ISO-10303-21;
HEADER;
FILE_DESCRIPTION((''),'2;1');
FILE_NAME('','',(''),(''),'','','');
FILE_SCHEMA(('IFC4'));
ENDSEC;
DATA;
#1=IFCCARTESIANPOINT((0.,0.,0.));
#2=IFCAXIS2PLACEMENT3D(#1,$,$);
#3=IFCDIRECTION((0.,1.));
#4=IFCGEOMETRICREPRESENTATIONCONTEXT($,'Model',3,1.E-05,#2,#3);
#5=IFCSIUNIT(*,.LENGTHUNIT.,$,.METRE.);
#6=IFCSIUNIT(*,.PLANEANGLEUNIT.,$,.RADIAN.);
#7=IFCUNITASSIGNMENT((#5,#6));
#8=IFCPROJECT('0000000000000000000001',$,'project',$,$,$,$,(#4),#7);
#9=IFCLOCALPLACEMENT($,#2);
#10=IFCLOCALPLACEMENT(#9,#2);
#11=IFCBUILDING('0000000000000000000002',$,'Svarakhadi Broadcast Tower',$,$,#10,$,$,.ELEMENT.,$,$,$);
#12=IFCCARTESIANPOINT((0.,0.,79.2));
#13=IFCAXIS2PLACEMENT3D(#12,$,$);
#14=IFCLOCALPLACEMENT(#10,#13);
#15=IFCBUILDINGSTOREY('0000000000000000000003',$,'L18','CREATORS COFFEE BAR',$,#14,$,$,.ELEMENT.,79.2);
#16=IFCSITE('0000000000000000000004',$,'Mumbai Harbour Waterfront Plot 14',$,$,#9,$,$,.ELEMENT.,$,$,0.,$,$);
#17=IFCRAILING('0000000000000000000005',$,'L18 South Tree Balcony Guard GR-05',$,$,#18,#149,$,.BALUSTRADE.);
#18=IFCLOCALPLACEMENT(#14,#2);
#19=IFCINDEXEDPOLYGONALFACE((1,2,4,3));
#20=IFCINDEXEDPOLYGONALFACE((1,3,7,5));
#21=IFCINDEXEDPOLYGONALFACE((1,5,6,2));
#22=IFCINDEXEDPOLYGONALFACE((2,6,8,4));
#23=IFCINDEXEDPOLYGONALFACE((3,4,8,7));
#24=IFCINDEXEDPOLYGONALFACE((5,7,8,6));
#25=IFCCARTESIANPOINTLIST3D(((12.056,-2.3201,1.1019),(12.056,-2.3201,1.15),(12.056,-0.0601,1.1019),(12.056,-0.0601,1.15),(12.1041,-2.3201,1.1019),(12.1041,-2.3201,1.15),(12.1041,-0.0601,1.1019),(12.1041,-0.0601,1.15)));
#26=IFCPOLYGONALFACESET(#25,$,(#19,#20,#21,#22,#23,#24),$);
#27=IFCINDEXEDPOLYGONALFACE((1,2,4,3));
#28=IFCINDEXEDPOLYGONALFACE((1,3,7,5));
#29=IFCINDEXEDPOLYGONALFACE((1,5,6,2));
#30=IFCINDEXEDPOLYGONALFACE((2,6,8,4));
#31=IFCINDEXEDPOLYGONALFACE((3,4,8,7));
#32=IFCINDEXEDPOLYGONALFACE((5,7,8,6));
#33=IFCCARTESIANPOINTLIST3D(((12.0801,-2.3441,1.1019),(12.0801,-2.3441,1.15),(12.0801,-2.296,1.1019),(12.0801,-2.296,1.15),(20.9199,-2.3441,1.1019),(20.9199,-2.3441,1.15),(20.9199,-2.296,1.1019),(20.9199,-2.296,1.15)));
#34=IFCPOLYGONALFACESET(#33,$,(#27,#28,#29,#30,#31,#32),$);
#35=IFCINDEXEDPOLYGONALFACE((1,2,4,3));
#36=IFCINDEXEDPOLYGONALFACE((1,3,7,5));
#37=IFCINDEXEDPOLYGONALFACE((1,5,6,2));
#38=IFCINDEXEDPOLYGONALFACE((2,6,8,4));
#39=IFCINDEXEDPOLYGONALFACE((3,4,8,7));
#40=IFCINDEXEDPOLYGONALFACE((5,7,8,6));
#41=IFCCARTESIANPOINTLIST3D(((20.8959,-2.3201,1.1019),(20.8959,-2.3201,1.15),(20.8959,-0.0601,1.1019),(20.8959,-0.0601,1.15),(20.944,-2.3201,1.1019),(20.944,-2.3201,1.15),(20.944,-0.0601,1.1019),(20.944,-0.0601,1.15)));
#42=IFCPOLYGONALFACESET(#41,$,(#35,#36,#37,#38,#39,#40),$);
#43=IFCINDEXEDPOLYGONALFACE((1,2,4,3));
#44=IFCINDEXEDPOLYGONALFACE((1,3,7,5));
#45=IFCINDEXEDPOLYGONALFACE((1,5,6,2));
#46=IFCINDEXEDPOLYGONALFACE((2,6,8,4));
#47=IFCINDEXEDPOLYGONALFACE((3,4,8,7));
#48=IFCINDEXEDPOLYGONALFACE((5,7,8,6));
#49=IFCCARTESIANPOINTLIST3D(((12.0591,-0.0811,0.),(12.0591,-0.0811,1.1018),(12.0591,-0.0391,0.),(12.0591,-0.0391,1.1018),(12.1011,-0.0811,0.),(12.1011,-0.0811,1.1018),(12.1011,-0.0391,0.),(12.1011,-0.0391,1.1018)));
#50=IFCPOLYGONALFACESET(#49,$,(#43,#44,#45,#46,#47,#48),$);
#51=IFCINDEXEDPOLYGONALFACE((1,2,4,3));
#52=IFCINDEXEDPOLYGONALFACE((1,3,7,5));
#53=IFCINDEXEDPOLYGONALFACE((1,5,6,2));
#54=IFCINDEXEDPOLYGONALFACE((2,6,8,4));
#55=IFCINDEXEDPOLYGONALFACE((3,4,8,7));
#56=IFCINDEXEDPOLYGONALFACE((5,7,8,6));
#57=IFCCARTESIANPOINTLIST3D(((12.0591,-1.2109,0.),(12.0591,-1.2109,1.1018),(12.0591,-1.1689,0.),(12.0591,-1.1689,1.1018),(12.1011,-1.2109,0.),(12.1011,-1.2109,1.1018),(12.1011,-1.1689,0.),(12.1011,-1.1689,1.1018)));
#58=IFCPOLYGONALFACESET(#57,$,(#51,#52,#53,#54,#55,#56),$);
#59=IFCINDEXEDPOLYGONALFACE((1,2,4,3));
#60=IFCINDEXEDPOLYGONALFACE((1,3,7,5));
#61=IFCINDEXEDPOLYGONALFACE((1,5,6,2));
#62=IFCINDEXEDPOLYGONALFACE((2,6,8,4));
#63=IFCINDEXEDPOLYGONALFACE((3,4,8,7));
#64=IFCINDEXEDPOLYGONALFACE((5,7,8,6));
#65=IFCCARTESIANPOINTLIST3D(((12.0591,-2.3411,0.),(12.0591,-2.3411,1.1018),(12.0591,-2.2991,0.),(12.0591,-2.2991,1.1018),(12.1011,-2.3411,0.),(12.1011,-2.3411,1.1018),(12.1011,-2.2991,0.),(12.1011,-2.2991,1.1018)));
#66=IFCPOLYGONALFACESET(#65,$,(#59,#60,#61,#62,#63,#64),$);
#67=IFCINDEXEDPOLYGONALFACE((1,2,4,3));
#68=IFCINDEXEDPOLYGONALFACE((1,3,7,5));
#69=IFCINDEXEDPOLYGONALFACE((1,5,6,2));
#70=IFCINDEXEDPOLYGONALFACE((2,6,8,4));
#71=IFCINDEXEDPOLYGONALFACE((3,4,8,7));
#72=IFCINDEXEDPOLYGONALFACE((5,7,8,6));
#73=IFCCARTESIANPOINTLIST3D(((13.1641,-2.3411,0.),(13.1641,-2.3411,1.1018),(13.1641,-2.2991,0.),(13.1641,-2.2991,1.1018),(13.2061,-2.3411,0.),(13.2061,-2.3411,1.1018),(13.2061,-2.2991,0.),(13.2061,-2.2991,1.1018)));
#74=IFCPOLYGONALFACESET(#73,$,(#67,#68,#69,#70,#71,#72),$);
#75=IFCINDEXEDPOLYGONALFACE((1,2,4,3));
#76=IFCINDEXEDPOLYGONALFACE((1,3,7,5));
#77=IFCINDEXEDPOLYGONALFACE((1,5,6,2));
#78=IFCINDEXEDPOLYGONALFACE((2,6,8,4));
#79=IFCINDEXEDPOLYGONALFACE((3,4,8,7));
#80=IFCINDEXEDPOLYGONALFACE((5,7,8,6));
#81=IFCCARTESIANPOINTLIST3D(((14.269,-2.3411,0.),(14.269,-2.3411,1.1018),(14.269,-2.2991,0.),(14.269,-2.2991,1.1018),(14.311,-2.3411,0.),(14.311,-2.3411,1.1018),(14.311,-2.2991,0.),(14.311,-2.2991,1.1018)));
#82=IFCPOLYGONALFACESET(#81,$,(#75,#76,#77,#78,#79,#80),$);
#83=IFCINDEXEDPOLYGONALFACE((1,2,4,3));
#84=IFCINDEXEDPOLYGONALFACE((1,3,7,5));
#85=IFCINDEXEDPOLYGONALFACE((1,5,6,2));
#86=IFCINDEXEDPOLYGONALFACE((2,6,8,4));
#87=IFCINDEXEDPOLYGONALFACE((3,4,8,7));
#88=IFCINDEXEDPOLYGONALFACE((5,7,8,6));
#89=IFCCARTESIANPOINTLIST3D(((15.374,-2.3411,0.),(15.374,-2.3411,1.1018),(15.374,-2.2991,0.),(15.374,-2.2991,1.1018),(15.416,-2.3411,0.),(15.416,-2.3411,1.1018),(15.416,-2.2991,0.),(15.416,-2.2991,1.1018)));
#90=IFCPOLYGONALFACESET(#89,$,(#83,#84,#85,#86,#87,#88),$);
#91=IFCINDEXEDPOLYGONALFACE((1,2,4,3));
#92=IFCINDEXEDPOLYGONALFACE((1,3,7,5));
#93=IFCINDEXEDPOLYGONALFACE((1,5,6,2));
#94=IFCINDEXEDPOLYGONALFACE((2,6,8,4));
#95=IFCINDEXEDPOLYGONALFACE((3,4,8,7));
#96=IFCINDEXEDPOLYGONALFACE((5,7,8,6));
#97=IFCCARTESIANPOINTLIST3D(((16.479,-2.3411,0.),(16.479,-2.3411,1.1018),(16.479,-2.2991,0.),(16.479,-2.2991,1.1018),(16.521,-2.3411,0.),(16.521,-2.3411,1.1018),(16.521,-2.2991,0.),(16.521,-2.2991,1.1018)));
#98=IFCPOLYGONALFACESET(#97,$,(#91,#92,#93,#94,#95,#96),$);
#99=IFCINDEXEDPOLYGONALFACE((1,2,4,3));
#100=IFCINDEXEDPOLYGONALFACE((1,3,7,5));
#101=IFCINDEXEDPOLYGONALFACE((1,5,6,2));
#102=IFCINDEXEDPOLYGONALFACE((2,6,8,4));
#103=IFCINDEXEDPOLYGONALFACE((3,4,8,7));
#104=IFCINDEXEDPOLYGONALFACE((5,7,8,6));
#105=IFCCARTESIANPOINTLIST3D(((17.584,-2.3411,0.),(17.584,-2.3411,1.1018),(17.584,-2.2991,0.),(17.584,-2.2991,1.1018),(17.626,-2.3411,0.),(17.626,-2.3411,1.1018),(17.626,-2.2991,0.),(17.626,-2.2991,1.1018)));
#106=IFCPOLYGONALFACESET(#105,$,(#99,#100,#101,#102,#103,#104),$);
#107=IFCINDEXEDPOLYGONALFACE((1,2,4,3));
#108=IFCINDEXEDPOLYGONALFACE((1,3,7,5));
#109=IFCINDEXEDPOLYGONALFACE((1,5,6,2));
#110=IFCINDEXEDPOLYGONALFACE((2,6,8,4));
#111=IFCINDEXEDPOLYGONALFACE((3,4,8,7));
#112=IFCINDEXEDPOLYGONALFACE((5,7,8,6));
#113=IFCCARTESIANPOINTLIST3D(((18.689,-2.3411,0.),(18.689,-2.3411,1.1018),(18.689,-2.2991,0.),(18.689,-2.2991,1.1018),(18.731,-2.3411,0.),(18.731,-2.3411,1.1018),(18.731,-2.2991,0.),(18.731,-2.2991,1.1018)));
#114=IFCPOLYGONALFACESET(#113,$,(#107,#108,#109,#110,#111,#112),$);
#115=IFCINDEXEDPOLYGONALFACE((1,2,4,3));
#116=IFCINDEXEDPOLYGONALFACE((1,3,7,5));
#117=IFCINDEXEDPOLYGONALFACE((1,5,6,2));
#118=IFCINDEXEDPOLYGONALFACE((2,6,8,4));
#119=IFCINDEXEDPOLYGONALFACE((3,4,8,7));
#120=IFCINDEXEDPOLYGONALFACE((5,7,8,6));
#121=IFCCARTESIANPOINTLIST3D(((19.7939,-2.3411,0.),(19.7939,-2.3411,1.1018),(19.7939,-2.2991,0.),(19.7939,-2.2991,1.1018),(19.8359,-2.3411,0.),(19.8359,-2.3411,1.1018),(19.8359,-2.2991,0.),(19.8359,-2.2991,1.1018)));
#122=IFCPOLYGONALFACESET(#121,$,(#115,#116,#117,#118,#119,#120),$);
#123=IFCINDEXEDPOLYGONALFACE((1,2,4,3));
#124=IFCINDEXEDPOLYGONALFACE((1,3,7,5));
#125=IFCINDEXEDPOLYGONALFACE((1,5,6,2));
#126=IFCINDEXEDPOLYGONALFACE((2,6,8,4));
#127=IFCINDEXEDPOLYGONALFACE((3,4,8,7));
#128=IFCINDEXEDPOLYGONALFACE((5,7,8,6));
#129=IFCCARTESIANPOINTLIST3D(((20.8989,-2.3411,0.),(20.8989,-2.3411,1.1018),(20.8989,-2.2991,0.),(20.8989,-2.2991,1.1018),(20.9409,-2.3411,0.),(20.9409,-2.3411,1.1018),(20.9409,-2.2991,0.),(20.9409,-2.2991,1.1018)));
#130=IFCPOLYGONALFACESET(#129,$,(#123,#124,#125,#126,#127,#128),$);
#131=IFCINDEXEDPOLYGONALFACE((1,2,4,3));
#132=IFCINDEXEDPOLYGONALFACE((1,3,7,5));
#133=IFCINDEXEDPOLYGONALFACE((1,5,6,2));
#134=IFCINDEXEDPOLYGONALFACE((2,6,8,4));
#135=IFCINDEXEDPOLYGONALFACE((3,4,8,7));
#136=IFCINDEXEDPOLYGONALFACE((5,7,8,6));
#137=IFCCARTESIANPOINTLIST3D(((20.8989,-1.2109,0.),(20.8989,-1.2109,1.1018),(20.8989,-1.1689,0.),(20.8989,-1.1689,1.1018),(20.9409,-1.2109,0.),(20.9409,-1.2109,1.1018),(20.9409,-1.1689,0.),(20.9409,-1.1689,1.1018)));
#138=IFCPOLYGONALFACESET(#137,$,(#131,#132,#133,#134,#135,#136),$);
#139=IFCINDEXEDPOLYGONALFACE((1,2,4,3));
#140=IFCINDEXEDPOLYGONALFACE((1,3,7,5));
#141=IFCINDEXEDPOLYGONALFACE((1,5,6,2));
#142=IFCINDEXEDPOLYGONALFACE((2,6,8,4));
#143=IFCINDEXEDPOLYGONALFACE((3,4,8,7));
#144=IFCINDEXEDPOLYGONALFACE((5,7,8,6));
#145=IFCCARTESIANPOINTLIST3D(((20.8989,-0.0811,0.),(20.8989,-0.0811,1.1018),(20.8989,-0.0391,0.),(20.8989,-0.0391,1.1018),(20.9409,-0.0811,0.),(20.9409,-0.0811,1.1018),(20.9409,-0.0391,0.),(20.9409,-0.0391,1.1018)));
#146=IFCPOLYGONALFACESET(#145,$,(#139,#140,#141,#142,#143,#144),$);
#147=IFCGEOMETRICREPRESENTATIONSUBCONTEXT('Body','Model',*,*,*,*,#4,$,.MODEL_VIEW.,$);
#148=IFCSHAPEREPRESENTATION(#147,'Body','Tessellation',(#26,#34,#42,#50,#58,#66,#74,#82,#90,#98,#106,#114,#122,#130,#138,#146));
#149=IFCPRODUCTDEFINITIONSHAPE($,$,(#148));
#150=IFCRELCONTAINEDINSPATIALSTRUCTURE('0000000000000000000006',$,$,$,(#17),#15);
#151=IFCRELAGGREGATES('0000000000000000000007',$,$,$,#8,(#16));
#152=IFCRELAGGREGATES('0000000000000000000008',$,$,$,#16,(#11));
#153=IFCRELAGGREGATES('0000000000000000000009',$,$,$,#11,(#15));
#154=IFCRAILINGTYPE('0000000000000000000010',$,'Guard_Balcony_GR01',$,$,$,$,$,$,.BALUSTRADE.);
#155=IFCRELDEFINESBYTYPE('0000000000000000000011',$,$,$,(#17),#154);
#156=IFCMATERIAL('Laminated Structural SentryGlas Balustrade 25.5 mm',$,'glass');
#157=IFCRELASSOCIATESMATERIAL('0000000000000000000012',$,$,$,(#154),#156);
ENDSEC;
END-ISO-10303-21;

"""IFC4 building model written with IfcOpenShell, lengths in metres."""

from ifc_helpers import new_model, si_unit, direction, frame, origin, origin_2d, place, context, subcontext, project, spatial, rectangle, extrude, material, type_object, element, save


model = new_model("IFC4")

# Units and contexts
model_context = context("Model", 3, precision=1e-05, world=origin(), true_north=direction((0.0, 1.0)))
body_context = subcontext(model_context, "Body", "Model", "MODEL_VIEW")
ifc_project = project(units=[si_unit("LENGTHUNIT", "METRE"), si_unit("PLANEANGLEUNIT", "RADIAN")], contexts=[model_context])

# Site, building, storey
site_placement = place(None, origin())
site = spatial("IfcSite", under=ifc_project, at=site_placement, Name="Mumbai Harbour Waterfront Plot 14", CompositionType="ELEMENT", RefElevation=0.0)
building_placement = place(site_placement, origin())
building = spatial("IfcBuilding", under=site, at=building_placement, Name="Svarakhadi Broadcast Tower", CompositionType="ELEMENT")
storey_placement = place(building_placement, frame((0.0, 0.0, 79.2)))
storey = spatial("IfcBuildingStorey", under=building, at=storey_placement, Name="L18", Description="CREATORS COFFEE BAR", CompositionType="ELEMENT", Elevation=79.2)

# Railing
ifc_material_1 = material(Name="Laminated Structural SentryGlas Balustrade 25.5 mm", Category="glass")
railing_type = type_object("IfcRailingType", Name="Guard_Balcony_GR01", PredefinedType="BALUSTRADE", material=ifc_material_1)
railing_placement = place(storey_placement, frame((12.0801, -0.0601, 0.0)))
element("IfcRailing", 1, at=railing_placement, inside=storey, type_object=railing_type, Name="L18 South Tree Balcony Guard GR-05", PredefinedType="BALUSTRADE", context=body_context, shape_type="SweptSolid", body=[
    extrude(rectangle(XDim=0.0481, YDim=0.0481, at=origin_2d()), frame((0.0, 0.0, 1.126), z_axis=(0.0, -1.0, 0.0), x_axis=(1.0, 0.0, 0.0)), (0.0, 0.0, 1.0), 2.26),
    extrude(rectangle(XDim=0.0481, YDim=0.0481, at=origin_2d()), frame((0.0, -2.26, 1.126), z_axis=(1.0, 0.0, 0.0), x_axis=(0.0, 1.0, 0.0)), (0.0, 0.0, 1.0), 8.8398),
    extrude(rectangle(XDim=0.0481, YDim=0.0481, at=origin_2d()), frame((8.8398, -2.26, 1.126), z_axis=(0.0, 1.0, 0.0), x_axis=(-1.0, 0.0, 0.0)), (0.0, 0.0, 1.0), 2.26),
    extrude(rectangle(XDim=0.042, YDim=0.042, at=origin_2d()), origin(), (0.0, 0.0, 1.0), 1.1018),
    extrude(rectangle(XDim=0.042, YDim=0.042, at=origin_2d()), frame((0.0, -1.1299, 0.0)), (0.0, 0.0, 1.0), 1.1018),
    extrude(rectangle(XDim=0.042, YDim=0.042, at=origin_2d()), frame((0.0, -2.26, 0.0)), (0.0, 0.0, 1.0), 1.1018),
    extrude(rectangle(XDim=0.042, YDim=0.042, at=origin_2d()), frame((1.105, -2.26, 0.0)), (0.0, 0.0, 1.0), 1.1018),
    extrude(rectangle(XDim=0.042, YDim=0.042, at=origin_2d()), frame((2.21, -2.26, 0.0)), (0.0, 0.0, 1.0), 1.1018),
    extrude(rectangle(XDim=0.042, YDim=0.042, at=origin_2d()), frame((3.3149, -2.26, 0.0)), (0.0, 0.0, 1.0), 1.1018),
    extrude(rectangle(XDim=0.042, YDim=0.042, at=origin_2d()), frame((4.4199, -2.26, 0.0)), (0.0, 0.0, 1.0), 1.1018),
    extrude(rectangle(XDim=0.042, YDim=0.042, at=origin_2d()), frame((5.5249, -2.26, 0.0)), (0.0, 0.0, 1.0), 1.1018),
    extrude(rectangle(XDim=0.042, YDim=0.042, at=origin_2d()), frame((6.6299, -2.26, 0.0)), (0.0, 0.0, 1.0), 1.1018),
    extrude(rectangle(XDim=0.042, YDim=0.042, at=origin_2d()), frame((7.7349, -2.26, 0.0)), (0.0, 0.0, 1.0), 1.1018),
    extrude(rectangle(XDim=0.042, YDim=0.042, at=origin_2d()), frame((8.8398, -2.26, 0.0)), (0.0, 0.0, 1.0), 1.1018),
    extrude(rectangle(XDim=0.042, YDim=0.042, at=origin_2d()), frame((8.8398, -1.1299, 0.0)), (0.0, 0.0, 1.0), 1.1018),
    extrude(rectangle(XDim=0.042, YDim=0.042, at=origin_2d()), frame((8.8398, 0.0, 0.0)), (0.0, 0.0, 1.0), 1.1018),
])

save(model, "model.ifc")
